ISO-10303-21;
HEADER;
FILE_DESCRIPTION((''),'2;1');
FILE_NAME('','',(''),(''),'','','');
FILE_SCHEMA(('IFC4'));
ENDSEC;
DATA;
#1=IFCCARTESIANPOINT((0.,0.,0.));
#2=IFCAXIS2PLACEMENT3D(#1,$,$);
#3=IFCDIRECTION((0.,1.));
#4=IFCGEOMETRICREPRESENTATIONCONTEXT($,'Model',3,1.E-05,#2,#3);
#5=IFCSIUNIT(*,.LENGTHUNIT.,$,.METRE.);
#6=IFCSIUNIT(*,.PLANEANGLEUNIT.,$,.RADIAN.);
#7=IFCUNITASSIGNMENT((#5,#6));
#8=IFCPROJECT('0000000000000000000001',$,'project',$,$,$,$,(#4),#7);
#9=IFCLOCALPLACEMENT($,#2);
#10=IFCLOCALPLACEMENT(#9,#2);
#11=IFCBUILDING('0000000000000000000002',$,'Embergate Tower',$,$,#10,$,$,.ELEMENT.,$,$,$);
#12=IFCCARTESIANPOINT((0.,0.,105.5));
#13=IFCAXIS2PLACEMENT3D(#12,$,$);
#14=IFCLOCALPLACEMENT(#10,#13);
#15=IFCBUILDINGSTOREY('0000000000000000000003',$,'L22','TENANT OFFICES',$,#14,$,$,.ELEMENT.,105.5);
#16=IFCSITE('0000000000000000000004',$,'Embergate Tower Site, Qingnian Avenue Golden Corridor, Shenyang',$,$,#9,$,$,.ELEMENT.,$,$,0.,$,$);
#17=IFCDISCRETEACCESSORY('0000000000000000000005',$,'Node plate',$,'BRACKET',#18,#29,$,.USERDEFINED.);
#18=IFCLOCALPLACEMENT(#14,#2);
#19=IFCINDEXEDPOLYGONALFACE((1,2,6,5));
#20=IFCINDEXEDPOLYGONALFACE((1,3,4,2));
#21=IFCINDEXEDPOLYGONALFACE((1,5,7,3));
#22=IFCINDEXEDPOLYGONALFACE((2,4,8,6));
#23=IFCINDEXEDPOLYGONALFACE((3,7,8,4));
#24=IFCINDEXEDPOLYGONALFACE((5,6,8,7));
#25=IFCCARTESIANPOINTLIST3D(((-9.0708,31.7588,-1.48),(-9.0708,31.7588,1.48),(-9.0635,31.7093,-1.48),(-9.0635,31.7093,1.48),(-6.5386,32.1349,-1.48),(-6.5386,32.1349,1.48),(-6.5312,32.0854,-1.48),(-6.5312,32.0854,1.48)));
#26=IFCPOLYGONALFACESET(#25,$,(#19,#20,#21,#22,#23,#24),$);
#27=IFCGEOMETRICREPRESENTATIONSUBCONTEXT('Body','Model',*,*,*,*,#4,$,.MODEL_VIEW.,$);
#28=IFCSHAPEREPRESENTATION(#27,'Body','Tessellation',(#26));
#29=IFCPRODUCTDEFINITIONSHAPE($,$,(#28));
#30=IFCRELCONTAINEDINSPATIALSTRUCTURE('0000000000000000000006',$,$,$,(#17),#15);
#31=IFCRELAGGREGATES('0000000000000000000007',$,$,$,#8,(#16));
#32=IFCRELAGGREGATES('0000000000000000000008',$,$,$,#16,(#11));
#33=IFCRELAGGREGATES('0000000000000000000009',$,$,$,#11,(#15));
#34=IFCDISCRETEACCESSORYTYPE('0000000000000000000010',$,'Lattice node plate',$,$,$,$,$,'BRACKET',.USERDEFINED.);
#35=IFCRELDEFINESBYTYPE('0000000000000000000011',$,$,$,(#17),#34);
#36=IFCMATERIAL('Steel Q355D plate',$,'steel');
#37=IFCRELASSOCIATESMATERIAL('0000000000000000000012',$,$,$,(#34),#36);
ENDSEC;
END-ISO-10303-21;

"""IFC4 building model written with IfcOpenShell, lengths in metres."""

from ifc_helpers import new_model, si_unit, direction, frame, origin, origin_2d, place, context, subcontext, project, spatial, rectangle, extrude, source, transform, mapped, material, type_object, element, save


model = new_model("IFC4")

# Units and contexts
model_context = context("Model", 3, precision=1e-05, world=origin(), true_north=direction((0.0, 1.0)))
body_context = subcontext(model_context, "Body", "Model", "MODEL_VIEW")
ifc_project = project(units=[si_unit("LENGTHUNIT", "METRE"), si_unit("PLANEANGLEUNIT", "RADIAN")], contexts=[model_context])

# Site, building, storey
site_placement = place(None, origin())
site = spatial("IfcSite", under=ifc_project, at=site_placement, Name="Embergate Tower Site, Qingnian Avenue Golden Corridor, Shenyang", CompositionType="ELEMENT", RefElevation=0.0)
building_placement = place(site_placement, origin())
building = spatial("IfcBuilding", under=site, at=building_placement, Name="Embergate Tower", CompositionType="ELEMENT")
storey_placement = place(building_placement, frame((0.0, 0.0, 105.5)))
storey = spatial("IfcBuildingStorey", under=building, at=storey_placement, Name="L22", Description="TENANT OFFICES", CompositionType="ELEMENT", Elevation=105.5)

# Discrete accessory
ifc_material_1 = material(Name="Steel Q355D plate", Category="steel")
discrete_accessory_type = type_object("IfcDiscreteAccessoryType", Name="Lattice node plate", ElementType="BRACKET", PredefinedType="USERDEFINED", material=ifc_material_1)
shared_shape_1 = source(origin(), body_context, "Body", "SweptSolid", [
    extrude(rectangle(XDim=2.5601, YDim=0.05, at=origin_2d()), origin(), (0.0, 0.0, 1.0), 2.96),
])
discrete_accessory_placement = place(storey_placement, frame((-7.801, 31.9221, -1.48), z_axis=(0.0, 0.0, 1.0), x_axis=(-0.989147, -0.146929, 0.0)))
element("IfcDiscreteAccessory", 1, at=discrete_accessory_placement, inside=storey, type_object=discrete_accessory_type, Name="Node plate", ObjectType="BRACKET", PredefinedType="USERDEFINED", context=body_context, shape_type="MappedRepresentation", body=[
    mapped(shared_shape_1, transform((0.0, 0.0, 0.0))),
])

save(model, "model.ifc")
